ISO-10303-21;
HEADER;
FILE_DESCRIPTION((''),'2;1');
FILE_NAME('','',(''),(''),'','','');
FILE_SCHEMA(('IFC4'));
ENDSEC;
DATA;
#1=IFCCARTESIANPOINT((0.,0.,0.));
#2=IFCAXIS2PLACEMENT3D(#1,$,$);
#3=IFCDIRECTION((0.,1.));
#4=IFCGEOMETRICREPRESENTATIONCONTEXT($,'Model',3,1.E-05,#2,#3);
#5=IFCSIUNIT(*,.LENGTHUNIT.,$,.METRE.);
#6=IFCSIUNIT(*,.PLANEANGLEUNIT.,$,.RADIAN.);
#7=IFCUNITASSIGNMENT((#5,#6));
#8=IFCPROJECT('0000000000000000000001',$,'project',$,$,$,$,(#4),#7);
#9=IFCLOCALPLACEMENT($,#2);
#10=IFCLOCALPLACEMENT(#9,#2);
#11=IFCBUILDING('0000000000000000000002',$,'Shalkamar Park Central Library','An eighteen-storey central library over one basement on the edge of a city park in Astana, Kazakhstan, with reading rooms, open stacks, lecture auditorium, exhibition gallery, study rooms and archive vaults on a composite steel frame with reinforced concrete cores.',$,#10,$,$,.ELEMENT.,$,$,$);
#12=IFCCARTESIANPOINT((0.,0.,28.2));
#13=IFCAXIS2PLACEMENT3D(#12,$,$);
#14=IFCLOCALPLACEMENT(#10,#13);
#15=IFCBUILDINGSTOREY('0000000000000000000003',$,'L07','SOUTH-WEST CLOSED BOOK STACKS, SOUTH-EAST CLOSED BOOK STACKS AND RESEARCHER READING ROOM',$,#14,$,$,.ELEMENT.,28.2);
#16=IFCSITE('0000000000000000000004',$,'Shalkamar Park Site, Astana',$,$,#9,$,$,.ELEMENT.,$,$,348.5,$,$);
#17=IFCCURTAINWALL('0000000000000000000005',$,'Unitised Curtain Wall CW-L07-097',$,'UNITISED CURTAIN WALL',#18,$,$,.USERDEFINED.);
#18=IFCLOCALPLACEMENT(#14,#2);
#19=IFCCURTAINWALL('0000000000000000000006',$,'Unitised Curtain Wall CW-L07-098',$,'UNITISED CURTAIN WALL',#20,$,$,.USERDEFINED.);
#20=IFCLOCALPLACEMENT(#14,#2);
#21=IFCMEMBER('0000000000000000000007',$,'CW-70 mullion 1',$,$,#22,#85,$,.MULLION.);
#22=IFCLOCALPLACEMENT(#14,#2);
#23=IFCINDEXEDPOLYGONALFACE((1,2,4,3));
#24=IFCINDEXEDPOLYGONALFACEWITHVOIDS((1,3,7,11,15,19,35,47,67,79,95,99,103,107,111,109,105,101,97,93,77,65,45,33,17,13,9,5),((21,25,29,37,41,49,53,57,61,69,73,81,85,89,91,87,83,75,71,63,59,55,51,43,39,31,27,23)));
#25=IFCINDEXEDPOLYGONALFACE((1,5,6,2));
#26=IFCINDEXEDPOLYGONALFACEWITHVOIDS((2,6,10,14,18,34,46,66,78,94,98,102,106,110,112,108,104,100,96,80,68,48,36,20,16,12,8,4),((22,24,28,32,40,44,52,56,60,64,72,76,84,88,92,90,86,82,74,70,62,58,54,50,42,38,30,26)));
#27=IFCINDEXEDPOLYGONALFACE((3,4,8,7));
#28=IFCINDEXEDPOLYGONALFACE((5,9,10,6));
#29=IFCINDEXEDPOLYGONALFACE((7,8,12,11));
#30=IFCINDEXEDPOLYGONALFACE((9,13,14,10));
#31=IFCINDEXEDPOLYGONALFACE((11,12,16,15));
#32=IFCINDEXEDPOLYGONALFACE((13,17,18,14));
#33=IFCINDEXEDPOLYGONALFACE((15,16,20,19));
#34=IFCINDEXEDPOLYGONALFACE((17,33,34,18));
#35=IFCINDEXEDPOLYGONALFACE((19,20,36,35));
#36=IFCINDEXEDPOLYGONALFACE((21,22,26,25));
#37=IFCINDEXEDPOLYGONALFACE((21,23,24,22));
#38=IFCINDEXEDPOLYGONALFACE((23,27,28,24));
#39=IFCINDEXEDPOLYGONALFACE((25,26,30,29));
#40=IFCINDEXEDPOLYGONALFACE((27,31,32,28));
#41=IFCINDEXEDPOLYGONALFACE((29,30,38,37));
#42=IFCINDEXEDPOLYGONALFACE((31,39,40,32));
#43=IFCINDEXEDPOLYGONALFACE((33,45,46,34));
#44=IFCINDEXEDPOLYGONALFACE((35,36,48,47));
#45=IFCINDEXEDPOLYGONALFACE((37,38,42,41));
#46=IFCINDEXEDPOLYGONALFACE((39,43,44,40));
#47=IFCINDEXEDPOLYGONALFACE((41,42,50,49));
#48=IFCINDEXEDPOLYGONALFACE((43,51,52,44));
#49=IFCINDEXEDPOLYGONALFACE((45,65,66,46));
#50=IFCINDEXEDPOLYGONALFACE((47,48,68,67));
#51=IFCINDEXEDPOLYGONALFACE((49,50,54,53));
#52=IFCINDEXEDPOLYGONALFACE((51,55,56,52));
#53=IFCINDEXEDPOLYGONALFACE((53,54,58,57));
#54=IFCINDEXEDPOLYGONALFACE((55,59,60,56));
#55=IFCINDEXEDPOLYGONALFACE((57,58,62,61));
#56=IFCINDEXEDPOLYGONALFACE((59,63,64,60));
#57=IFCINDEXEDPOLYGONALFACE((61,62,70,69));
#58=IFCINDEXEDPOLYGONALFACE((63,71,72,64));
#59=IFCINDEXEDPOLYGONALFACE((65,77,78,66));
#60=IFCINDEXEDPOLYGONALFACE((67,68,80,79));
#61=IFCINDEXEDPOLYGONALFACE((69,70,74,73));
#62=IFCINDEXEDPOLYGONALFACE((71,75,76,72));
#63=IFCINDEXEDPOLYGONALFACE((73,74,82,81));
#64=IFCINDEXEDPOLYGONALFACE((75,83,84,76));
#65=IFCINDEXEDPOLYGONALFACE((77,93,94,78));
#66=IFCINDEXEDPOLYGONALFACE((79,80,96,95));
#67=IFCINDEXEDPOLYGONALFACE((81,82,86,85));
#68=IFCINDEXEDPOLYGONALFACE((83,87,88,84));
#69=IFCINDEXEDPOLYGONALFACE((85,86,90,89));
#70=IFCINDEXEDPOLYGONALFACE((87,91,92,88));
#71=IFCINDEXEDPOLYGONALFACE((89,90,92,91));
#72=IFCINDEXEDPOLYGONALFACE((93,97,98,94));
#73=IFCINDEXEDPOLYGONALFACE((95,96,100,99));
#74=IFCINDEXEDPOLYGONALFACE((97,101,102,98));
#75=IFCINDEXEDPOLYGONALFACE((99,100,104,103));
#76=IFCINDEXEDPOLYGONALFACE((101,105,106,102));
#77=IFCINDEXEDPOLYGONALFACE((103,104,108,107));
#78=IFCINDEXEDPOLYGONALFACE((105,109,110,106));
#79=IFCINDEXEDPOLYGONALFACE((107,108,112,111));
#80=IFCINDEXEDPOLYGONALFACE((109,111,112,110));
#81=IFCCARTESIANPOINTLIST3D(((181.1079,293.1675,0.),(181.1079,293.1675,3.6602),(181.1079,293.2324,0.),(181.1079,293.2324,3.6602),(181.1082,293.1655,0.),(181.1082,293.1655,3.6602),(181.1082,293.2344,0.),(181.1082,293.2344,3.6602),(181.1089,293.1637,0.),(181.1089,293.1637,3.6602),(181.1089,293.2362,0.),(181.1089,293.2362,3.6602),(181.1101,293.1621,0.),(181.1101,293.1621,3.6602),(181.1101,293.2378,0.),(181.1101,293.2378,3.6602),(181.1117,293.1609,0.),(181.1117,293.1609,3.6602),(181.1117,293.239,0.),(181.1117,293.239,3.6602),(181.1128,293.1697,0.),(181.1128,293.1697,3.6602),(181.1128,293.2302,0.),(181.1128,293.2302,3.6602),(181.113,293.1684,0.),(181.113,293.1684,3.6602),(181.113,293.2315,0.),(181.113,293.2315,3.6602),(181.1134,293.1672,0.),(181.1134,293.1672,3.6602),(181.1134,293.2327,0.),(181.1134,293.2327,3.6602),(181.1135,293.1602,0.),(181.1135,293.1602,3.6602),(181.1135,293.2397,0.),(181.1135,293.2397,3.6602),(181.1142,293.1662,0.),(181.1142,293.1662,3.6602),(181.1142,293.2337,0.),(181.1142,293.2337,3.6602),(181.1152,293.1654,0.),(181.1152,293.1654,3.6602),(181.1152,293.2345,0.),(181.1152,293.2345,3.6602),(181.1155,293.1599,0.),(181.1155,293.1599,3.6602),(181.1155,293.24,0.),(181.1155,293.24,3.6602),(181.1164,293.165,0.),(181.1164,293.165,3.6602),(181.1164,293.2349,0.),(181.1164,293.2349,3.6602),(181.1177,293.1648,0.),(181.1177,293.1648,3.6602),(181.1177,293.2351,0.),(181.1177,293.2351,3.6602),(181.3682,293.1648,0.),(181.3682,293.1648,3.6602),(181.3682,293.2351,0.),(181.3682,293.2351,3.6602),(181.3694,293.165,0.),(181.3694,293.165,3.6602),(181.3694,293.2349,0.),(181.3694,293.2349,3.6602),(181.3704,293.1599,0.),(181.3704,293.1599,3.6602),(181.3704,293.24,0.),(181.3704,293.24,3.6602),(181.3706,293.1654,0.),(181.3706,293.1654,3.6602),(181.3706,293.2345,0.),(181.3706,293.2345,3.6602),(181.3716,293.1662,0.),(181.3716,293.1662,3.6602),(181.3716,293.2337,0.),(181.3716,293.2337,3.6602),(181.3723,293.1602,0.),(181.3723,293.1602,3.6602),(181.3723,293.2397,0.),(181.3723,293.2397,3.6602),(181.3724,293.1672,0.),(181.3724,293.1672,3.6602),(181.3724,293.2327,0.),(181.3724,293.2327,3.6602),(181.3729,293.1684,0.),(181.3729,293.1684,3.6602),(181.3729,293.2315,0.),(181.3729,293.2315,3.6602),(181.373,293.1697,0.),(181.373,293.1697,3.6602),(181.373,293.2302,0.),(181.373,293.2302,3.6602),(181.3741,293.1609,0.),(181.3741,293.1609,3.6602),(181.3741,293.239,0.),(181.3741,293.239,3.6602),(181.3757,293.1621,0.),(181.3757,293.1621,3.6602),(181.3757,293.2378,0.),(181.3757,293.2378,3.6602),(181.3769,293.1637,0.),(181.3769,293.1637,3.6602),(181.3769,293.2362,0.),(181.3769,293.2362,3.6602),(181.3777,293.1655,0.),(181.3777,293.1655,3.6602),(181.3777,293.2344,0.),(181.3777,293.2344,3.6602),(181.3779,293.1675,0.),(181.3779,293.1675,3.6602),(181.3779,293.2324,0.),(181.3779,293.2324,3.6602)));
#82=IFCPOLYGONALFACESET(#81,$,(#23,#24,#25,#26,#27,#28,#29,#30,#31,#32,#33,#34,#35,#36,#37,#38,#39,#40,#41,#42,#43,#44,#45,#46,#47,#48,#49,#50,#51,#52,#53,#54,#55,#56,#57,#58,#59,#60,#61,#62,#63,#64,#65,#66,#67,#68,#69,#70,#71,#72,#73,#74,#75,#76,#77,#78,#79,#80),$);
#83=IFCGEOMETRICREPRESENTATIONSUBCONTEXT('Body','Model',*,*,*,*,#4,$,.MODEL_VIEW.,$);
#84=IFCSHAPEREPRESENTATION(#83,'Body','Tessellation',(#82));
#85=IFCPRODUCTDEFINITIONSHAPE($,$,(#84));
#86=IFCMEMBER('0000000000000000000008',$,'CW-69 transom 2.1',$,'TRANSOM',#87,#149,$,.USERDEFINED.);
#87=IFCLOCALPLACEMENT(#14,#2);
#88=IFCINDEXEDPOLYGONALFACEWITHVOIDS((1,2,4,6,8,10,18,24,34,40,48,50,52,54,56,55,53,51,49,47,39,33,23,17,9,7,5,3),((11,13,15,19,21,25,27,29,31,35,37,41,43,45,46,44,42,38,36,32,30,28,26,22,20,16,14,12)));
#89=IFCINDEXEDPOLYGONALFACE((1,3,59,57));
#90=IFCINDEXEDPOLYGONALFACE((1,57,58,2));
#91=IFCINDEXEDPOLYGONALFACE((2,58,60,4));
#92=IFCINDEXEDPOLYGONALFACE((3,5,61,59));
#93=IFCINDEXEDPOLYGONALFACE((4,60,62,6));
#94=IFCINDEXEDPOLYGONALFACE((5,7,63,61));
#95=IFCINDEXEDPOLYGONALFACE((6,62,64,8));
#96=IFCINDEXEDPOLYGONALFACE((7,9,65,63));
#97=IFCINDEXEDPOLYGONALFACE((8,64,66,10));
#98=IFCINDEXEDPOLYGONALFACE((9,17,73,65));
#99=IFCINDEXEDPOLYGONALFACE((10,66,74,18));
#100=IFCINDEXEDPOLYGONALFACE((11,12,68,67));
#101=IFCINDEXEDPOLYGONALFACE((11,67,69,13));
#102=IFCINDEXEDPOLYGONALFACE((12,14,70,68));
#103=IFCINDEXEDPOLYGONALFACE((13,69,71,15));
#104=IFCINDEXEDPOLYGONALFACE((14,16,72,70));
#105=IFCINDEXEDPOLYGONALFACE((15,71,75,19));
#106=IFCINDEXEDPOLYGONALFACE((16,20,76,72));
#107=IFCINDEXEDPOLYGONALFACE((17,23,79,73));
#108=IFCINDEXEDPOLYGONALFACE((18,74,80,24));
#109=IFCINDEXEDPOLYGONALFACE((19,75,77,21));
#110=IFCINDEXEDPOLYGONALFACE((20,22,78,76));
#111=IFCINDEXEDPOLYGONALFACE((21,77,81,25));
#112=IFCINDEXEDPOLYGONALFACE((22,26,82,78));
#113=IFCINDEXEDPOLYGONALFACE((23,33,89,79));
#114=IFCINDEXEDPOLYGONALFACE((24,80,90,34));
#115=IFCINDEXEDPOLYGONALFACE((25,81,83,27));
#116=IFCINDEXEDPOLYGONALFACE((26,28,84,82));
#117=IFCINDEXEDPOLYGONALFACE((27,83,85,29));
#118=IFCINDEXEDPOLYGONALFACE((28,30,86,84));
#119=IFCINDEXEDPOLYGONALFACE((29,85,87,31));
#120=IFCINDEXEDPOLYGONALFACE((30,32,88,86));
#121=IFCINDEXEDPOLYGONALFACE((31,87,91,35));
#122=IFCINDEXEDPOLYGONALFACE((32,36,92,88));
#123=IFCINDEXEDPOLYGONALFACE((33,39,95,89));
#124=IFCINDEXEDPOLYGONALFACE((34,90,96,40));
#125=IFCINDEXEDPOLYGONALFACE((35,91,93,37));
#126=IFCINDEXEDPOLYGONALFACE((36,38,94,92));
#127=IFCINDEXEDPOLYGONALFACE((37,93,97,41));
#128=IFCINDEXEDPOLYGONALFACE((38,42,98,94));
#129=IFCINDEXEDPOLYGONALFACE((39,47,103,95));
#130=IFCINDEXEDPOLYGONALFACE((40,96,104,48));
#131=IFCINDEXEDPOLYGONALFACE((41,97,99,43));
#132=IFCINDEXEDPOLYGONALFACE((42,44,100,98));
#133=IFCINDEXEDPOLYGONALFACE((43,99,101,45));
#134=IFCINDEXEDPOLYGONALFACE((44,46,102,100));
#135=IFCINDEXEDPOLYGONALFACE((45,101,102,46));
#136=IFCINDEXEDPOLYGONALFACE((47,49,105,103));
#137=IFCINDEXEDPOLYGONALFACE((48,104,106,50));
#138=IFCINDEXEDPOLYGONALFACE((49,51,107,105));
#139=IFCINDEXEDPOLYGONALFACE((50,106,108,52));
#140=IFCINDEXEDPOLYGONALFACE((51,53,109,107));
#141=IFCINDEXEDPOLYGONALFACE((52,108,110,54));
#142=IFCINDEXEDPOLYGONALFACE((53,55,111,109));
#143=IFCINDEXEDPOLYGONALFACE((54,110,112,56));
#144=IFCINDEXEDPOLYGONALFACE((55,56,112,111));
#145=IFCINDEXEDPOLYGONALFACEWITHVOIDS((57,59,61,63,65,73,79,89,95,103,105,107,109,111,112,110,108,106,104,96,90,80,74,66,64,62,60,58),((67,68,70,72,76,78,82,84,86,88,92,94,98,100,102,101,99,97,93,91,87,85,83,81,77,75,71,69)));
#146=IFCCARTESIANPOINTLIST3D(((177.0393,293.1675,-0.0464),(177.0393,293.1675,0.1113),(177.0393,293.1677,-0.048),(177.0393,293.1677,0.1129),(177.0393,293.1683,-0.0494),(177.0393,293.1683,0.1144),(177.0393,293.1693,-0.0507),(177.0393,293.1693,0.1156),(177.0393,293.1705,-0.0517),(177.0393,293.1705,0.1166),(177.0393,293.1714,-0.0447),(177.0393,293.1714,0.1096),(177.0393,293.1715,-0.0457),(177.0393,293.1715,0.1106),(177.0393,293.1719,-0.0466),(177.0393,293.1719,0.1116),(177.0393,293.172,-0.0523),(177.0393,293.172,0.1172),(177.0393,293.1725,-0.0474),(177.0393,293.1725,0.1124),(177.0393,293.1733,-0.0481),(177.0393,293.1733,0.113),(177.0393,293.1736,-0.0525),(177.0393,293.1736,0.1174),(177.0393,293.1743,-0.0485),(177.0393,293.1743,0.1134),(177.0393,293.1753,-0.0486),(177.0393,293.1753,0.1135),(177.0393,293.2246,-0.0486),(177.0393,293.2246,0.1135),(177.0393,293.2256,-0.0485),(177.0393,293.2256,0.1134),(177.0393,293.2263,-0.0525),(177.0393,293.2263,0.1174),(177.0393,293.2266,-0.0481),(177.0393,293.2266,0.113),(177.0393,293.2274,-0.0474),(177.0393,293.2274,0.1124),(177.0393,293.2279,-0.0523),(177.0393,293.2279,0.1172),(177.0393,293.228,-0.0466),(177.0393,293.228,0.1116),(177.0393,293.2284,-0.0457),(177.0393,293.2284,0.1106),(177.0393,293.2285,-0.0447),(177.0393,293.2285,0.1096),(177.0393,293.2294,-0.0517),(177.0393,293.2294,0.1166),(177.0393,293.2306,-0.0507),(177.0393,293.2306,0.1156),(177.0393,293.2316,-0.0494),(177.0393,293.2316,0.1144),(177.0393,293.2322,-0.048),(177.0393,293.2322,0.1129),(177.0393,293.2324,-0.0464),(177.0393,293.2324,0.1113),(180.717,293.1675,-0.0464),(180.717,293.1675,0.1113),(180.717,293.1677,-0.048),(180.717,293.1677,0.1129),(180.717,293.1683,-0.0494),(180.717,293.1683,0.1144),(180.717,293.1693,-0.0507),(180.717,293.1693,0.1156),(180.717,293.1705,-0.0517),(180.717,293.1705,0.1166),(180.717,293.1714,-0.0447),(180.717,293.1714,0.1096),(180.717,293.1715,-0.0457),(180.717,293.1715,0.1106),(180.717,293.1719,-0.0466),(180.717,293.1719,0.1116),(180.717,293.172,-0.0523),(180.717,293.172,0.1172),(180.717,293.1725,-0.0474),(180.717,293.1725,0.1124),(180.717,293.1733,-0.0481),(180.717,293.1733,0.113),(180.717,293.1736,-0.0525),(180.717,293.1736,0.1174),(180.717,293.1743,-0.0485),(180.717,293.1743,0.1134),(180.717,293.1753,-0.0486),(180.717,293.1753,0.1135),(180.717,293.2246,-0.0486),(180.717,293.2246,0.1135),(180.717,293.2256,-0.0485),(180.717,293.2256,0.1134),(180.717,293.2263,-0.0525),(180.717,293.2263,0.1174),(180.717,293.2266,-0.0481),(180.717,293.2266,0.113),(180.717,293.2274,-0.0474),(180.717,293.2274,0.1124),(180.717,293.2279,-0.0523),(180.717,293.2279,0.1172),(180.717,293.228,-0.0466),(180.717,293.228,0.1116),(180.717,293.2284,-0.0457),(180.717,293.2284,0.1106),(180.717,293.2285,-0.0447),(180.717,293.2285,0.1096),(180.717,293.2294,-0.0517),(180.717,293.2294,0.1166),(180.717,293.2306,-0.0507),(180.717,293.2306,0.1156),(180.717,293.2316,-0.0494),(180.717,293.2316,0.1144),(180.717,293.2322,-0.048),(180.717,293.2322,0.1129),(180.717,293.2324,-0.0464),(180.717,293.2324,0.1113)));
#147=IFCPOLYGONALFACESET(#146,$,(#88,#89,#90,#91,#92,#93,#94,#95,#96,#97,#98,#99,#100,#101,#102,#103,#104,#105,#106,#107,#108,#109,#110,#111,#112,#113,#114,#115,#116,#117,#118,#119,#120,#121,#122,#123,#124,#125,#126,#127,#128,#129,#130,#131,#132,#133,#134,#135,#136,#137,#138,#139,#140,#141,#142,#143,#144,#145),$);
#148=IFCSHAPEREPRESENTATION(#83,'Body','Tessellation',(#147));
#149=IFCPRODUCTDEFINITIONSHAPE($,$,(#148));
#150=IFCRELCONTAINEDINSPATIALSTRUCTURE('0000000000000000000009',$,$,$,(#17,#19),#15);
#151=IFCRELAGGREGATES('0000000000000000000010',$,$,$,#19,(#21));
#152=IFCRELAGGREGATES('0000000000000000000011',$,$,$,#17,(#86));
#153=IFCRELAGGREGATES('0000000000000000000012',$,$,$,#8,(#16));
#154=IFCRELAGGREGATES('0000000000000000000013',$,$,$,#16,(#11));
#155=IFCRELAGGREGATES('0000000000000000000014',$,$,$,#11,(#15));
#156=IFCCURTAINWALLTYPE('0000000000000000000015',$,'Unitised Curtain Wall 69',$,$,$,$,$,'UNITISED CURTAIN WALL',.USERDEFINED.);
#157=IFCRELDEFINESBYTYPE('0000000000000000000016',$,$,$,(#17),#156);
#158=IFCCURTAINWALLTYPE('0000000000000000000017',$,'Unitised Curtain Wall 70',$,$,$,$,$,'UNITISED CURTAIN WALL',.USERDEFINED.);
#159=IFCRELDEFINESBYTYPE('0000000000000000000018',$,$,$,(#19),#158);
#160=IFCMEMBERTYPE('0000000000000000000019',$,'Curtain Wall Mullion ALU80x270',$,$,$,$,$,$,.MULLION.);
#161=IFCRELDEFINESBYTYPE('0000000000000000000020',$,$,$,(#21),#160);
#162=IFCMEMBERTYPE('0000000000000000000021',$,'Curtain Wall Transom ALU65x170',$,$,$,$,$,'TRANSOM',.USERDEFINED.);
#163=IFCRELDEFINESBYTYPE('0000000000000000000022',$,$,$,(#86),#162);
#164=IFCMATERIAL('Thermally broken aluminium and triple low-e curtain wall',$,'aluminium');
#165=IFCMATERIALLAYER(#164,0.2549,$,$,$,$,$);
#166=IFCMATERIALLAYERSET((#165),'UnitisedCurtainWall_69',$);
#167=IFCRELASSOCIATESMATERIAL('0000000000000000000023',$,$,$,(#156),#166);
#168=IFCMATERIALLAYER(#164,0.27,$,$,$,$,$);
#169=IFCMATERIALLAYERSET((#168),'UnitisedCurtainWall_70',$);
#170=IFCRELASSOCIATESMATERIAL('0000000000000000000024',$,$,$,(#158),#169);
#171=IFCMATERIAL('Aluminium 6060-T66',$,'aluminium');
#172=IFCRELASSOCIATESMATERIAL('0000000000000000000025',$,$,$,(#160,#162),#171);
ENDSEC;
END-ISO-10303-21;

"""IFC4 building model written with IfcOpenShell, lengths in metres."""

from ifc_helpers import new_model, si_unit, direction, frame, origin, origin_2d, place, context, subcontext, project, spatial, hollow_rectangle, extrude, material, layer, layer_set, material_profile, profile_set, type_object, element, aggregate, save


model = new_model("IFC4")

# Units and contexts
model_context = context("Model", 3, precision=1e-05, world=origin(), true_north=direction((0.0, 1.0)))
body_context = subcontext(model_context, "Body", "Model", "MODEL_VIEW")
ifc_project = project(units=[si_unit("LENGTHUNIT", "METRE"), si_unit("PLANEANGLEUNIT", "RADIAN")], contexts=[model_context])

# Site, building, storey
site_placement = place(None, origin())
site = spatial("IfcSite", under=ifc_project, at=site_placement, Name="Shalkamar Park Site, Astana", CompositionType="ELEMENT", RefElevation=348.5)
building_placement = place(site_placement, origin())
building = spatial("IfcBuilding", under=site, at=building_placement, Name="Shalkamar Park Central Library", Description="An eighteen-storey central library over one basement on the edge of a city park in Astana, Kazakhstan, with reading rooms, open stacks, lecture auditorium, exhibition gallery, study rooms and archive vaults on a composite steel frame with reinforced concrete cores.", CompositionType="ELEMENT")
storey_placement = place(building_placement, frame((0.0, 0.0, 28.2)))
storey = spatial("IfcBuildingStorey", under=building, at=storey_placement, Name="L07", Description="SOUTH-WEST CLOSED BOOK STACKS, SOUTH-EAST CLOSED BOOK STACKS AND RESEARCHER READING ROOM", CompositionType="ELEMENT", Elevation=28.2)

# Curtain wall
ifc_material_1 = material(Name="Thermally broken aluminium and triple low-e curtain wall", Category="aluminium")
ifc_layer_1 = layer(ifc_material_1, 0.2549)
ifc_layer_set_1 = layer_set([ifc_layer_1], Name="UnitisedCurtainWall_69")
curtain_wall_type_1 = type_object("IfcCurtainWallType", Name="Unitised Curtain Wall 69", ElementType="UNITISED CURTAIN WALL", PredefinedType="USERDEFINED", material=ifc_layer_set_1)
curtain_wall_1_placement = place(storey_placement, origin())
curtain_wall_1 = element("IfcCurtainWall", 1, at=curtain_wall_1_placement, inside=storey, type_object=curtain_wall_type_1, Name="Unitised Curtain Wall CW-L07-097", ObjectType="UNITISED CURTAIN WALL", PredefinedType="USERDEFINED")
ifc_material_2 = material(Name="Aluminium 6060-T66", Category="aluminium")

# Curtain wall, member
ifc_layer_2 = layer(ifc_material_1, 0.27)
ifc_layer_set_2 = layer_set([ifc_layer_2], Name="UnitisedCurtainWall_70")
curtain_wall_type_2 = type_object("IfcCurtainWallType", Name="Unitised Curtain Wall 70", ElementType="UNITISED CURTAIN WALL", PredefinedType="USERDEFINED", material=ifc_layer_set_2)
curtain_wall_2_placement = place(storey_placement, origin())
curtain_wall_2 = element("IfcCurtainWall", 2, at=curtain_wall_2_placement, inside=storey, type_object=curtain_wall_type_2, Name="Unitised Curtain Wall CW-L07-098", ObjectType="UNITISED CURTAIN WALL", PredefinedType="USERDEFINED")
ifc_material_profile_1 = material_profile(ifc_material_2, hollow_rectangle(XDim=0.0801, YDim=0.27, WallThickness=0.0049, InnerFilletRadius=0.0049, OuterFilletRadius=0.0076, at=origin_2d()), Name="ALU 80x270x5")
ifc_profile_set_1 = profile_set([ifc_material_profile_1], Name="Aluminium 6060-T66")
member_type_1 = type_object("IfcMemberType", Name="Curtain Wall Mullion ALU80x270", PredefinedType="MULLION", material=ifc_profile_set_1)
member_1_placement = place(storey_placement, frame((181.2429, 293.2, 0.0), z_axis=(0.0, 0.0, 1.0), x_axis=(0.0, 1.0, 0.0)))
member_1 = element("IfcMember", 3, at=member_1_placement, type_object=member_type_1, Name="CW-70 mullion 1", PredefinedType="MULLION", context=body_context, shape_type="SweptSolid", body=[
    extrude(hollow_rectangle(XDim=0.0801, YDim=0.27, WallThickness=0.0049, InnerFilletRadius=0.0049, OuterFilletRadius=0.0076, at=origin_2d()), origin(), (0.0, 0.0, 1.0), 3.6602),
])

# Member
ifc_material_profile_2 = material_profile(ifc_material_2, hollow_rectangle(XDim=0.0649, YDim=0.1699, WallThickness=0.0039, InnerFilletRadius=0.0039, OuterFilletRadius=0.0061, at=origin_2d()), Name="ALU 65x170x4")
ifc_profile_set_2 = profile_set([ifc_material_profile_2], Name="Aluminium 6060-T66")
member_type_2 = type_object("IfcMemberType", Name="Curtain Wall Transom ALU65x170", ElementType="TRANSOM", PredefinedType="USERDEFINED", material=ifc_profile_set_2)
member_2_placement = place(storey_placement, frame((177.0393, 293.2, 0.0325), z_axis=(1.0, 0.0, 0.0), x_axis=(0.0, 1.0, 0.0)))
member_2 = element("IfcMember", 4, at=member_2_placement, type_object=member_type_2, Name="CW-69 transom 2.1", ObjectType="TRANSOM", PredefinedType="USERDEFINED", context=body_context, shape_type="SweptSolid", body=[
    extrude(hollow_rectangle(XDim=0.0649, YDim=0.1699, WallThickness=0.0039, InnerFilletRadius=0.0039, OuterFilletRadius=0.0061, at=origin_2d()), origin(), (0.0, 0.0, 1.0), 3.6777),
])

aggregate(curtain_wall_2, [member_1])
aggregate(curtain_wall_1, [member_2])

save(model, "model.ifc")
